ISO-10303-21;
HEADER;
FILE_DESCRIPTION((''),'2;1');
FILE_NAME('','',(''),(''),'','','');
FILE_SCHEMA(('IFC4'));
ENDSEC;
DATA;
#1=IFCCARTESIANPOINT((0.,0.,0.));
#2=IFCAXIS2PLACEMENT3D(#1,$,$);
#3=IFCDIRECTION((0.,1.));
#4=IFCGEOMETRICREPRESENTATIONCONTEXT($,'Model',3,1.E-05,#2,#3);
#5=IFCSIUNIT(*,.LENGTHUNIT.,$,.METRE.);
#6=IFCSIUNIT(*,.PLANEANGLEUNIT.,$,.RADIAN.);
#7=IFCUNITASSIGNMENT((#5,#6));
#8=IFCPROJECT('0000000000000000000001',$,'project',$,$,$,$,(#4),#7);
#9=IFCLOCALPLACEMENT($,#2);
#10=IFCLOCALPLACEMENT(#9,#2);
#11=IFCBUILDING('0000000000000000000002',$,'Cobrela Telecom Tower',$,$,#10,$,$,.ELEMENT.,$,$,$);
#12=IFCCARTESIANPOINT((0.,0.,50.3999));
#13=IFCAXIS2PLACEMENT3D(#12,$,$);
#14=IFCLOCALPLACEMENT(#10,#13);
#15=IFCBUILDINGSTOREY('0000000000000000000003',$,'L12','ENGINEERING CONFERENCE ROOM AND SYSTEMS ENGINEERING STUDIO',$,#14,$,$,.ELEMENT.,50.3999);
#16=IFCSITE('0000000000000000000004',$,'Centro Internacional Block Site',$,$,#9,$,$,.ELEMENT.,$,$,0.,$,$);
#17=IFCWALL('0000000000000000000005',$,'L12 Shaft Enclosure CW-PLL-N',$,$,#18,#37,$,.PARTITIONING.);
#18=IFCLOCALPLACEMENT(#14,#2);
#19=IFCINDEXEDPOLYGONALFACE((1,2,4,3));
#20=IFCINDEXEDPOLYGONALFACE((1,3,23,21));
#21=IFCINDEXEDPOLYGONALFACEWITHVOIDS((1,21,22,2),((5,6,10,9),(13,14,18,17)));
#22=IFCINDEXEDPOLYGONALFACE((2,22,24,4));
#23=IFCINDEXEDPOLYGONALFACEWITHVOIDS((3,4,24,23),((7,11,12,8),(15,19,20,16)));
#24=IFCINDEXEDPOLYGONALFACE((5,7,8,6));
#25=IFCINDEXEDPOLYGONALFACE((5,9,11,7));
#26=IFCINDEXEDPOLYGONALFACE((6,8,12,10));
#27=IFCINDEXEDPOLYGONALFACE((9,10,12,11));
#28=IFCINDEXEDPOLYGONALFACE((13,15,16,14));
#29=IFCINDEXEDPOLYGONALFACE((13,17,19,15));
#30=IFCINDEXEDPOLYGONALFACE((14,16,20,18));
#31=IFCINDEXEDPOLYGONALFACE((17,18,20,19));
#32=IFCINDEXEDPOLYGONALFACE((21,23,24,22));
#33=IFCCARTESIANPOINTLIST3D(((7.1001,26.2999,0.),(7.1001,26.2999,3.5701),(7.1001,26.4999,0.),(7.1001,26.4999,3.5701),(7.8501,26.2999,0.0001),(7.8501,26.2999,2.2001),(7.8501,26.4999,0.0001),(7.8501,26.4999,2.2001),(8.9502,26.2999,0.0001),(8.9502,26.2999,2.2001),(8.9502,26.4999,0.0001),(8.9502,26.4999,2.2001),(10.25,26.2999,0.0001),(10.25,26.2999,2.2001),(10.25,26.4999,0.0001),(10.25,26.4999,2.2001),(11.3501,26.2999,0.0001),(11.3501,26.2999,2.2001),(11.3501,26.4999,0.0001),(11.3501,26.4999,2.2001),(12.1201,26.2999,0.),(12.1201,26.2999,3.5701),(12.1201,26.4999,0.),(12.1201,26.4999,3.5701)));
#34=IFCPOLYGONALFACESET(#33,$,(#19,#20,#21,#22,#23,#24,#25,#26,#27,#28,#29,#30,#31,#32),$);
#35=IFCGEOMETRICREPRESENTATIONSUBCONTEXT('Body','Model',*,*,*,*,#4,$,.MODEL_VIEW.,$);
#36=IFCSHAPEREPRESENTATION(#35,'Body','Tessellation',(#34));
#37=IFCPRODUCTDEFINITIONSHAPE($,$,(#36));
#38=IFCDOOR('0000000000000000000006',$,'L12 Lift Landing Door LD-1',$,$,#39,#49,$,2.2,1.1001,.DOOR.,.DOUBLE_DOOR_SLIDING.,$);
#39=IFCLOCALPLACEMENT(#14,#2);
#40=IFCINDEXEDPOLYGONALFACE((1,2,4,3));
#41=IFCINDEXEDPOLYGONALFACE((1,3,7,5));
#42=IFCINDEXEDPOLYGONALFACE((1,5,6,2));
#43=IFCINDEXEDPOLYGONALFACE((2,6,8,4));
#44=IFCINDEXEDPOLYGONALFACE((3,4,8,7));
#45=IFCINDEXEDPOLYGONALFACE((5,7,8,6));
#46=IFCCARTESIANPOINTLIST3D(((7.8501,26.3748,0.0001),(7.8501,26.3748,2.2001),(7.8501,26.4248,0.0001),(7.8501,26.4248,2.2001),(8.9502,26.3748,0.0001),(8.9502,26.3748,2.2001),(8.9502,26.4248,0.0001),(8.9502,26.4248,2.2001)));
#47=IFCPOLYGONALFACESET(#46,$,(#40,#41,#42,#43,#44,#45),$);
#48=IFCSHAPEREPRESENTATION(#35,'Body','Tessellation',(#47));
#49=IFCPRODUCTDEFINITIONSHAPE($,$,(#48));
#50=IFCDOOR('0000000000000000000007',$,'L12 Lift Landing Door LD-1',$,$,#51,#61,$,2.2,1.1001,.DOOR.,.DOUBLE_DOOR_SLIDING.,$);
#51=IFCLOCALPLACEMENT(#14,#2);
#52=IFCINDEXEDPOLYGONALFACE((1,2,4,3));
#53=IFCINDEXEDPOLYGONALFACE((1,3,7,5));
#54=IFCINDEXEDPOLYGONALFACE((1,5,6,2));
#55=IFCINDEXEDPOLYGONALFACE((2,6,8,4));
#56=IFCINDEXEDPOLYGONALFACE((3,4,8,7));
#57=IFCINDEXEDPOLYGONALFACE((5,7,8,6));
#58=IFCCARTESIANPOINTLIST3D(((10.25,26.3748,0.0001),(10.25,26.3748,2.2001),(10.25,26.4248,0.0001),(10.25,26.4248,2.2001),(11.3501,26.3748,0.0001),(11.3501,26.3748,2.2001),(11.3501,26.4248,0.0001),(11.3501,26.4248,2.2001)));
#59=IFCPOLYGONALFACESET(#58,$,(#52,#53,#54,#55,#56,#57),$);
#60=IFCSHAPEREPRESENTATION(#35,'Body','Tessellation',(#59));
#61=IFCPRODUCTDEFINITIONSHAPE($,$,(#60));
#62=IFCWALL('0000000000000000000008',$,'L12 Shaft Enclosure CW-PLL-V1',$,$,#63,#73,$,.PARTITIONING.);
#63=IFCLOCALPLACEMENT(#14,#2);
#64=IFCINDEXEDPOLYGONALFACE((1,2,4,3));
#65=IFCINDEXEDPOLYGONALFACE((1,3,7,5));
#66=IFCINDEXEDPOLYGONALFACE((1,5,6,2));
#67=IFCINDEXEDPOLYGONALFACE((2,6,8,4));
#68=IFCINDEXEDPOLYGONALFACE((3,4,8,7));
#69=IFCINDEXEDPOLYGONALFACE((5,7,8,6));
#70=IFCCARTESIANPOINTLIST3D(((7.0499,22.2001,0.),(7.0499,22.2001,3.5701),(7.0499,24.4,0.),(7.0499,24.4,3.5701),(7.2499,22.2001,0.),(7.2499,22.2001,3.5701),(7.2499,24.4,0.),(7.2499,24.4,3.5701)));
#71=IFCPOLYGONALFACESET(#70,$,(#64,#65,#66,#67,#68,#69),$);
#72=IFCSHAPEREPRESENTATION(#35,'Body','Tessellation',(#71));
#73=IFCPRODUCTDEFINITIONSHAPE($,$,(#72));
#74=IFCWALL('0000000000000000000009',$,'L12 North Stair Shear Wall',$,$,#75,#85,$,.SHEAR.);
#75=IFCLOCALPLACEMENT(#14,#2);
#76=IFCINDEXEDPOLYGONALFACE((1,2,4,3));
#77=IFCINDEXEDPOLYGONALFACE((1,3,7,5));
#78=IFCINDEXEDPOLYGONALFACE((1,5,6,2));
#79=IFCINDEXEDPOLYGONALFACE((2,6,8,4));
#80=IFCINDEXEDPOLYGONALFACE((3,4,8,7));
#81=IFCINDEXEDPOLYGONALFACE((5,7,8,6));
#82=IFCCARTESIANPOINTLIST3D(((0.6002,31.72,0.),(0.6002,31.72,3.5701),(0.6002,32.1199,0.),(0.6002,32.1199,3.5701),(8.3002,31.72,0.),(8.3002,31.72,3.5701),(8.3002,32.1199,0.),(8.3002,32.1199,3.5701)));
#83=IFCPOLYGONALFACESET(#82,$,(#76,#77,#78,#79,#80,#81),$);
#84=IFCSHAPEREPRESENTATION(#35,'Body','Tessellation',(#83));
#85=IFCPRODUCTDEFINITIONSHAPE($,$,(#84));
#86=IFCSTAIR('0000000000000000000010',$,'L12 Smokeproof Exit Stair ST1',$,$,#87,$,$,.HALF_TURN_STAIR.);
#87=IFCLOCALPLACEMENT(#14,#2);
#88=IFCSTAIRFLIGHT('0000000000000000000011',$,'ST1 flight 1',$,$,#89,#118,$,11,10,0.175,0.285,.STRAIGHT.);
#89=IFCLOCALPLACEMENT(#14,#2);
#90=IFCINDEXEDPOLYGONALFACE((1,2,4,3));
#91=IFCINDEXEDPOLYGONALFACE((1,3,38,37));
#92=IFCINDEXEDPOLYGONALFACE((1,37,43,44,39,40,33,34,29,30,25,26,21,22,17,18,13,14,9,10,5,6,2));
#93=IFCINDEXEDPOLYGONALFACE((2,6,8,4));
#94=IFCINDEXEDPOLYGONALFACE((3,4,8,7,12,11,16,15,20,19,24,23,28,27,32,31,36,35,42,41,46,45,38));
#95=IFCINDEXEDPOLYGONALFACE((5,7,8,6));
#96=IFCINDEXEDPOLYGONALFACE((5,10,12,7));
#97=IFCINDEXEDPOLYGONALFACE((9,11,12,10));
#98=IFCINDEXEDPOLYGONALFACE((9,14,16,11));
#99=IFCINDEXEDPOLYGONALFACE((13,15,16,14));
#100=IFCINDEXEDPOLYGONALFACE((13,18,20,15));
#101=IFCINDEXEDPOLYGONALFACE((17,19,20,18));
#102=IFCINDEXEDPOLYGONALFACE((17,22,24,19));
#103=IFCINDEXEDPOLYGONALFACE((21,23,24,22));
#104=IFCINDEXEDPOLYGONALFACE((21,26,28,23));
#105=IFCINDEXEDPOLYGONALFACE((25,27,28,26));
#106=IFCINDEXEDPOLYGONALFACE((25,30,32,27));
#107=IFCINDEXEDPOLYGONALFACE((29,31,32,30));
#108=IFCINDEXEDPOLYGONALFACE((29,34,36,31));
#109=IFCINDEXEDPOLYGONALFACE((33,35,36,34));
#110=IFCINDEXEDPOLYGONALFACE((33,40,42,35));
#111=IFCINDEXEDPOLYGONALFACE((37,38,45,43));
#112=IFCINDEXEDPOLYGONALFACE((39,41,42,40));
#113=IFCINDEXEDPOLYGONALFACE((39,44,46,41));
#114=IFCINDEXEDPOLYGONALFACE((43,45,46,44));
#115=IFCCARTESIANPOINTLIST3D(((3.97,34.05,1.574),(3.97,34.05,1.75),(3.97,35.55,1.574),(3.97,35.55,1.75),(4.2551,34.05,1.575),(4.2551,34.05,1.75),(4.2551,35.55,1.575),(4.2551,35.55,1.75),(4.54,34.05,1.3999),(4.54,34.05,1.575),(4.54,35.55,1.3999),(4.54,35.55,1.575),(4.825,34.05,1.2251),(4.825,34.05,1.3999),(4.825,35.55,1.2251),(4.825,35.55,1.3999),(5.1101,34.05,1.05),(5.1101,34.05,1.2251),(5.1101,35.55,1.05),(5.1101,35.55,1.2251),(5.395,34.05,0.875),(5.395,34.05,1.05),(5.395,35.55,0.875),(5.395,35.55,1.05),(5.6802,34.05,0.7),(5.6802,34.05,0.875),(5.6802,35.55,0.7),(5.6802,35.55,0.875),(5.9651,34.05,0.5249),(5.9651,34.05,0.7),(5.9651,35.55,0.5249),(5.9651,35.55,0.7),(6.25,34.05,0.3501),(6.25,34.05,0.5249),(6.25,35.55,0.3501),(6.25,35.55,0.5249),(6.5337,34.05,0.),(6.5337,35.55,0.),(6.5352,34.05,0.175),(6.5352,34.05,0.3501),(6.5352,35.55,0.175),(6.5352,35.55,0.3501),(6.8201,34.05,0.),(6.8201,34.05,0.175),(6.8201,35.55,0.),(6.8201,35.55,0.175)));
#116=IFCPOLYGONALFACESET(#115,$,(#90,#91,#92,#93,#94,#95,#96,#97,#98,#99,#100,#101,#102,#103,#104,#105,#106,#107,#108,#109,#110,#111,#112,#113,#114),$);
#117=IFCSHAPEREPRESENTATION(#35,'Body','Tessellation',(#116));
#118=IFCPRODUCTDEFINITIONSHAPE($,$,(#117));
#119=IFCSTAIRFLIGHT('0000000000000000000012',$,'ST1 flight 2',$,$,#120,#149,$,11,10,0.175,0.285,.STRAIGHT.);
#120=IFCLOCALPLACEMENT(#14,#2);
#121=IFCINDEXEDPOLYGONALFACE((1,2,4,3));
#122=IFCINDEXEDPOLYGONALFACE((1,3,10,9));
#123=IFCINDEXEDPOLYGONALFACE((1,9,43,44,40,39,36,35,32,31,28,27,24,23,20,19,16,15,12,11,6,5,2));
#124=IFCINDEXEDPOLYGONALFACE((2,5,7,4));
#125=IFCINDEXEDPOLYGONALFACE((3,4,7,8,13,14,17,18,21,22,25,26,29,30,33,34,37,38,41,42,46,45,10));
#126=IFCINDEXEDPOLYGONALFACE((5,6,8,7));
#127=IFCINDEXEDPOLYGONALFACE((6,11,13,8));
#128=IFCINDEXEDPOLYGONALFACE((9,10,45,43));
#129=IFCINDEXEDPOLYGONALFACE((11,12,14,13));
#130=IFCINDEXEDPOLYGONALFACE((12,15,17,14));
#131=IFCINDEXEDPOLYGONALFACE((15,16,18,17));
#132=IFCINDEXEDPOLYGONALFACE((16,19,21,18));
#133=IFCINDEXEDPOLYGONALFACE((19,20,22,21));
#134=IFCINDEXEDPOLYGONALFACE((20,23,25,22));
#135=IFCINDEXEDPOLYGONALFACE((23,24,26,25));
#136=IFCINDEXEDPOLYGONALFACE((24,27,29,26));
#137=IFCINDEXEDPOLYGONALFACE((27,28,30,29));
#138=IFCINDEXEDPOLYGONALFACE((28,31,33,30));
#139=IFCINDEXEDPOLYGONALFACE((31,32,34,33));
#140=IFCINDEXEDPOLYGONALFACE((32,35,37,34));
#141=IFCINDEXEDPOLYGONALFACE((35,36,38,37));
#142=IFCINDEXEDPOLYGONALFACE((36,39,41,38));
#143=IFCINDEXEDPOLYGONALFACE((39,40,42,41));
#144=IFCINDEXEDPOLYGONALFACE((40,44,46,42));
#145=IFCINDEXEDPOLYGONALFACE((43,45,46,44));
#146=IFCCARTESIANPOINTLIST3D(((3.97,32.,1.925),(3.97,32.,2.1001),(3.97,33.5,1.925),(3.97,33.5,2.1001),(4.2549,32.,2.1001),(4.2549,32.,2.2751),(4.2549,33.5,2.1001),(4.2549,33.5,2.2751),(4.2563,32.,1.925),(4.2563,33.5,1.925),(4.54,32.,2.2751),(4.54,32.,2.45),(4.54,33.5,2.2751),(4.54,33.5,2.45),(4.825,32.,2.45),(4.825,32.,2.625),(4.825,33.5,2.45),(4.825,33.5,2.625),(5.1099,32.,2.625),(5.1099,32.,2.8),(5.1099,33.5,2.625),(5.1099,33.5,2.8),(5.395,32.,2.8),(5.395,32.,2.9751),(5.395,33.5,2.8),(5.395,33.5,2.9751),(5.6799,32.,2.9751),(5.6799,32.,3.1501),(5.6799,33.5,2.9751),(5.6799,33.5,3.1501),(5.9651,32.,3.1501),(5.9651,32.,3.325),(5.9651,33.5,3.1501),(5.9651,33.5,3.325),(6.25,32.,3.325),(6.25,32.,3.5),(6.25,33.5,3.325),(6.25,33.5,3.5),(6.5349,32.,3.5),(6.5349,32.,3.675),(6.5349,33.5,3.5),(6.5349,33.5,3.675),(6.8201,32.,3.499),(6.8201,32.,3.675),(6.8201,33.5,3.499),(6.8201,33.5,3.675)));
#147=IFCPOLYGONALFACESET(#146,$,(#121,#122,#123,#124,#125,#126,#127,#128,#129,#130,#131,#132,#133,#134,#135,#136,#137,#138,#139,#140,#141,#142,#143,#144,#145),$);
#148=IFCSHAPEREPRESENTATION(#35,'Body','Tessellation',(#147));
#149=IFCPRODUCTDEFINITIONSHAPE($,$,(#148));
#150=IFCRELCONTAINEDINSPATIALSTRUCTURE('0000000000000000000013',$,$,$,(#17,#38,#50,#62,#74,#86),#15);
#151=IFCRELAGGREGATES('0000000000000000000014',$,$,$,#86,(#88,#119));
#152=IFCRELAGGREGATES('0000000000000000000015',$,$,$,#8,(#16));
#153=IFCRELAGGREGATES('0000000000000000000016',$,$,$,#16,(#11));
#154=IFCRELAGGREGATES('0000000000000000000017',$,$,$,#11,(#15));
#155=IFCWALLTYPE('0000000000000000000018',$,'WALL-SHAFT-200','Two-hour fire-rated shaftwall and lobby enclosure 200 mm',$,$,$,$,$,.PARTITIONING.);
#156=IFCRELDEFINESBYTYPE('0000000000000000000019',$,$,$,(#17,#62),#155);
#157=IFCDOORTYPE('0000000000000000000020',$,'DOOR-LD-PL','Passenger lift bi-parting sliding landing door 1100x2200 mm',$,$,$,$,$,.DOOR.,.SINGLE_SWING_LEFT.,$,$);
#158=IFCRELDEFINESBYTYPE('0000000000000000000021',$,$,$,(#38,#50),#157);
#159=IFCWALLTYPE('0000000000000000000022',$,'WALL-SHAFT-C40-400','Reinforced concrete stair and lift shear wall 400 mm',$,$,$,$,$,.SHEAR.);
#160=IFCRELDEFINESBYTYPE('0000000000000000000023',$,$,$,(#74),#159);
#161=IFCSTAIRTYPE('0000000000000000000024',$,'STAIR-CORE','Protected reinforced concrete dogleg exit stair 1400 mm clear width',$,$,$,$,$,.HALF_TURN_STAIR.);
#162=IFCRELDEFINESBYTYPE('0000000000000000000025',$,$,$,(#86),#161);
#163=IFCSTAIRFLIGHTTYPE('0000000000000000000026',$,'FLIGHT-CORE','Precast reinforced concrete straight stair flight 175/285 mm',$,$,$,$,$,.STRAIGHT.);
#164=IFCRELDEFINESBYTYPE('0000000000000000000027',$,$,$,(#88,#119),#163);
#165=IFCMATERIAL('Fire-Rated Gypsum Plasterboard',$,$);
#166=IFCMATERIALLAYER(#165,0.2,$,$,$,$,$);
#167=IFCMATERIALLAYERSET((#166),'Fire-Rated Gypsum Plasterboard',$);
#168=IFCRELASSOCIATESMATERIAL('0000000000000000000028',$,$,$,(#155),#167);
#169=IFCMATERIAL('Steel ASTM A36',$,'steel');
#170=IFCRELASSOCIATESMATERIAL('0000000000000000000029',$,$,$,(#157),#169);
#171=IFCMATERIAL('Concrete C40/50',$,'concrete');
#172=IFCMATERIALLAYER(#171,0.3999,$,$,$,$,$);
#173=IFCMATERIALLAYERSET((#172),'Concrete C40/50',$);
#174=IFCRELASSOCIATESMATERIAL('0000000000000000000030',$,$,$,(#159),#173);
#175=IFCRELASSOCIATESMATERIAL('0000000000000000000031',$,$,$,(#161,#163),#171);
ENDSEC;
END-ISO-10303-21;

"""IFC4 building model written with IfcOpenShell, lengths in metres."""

from ifc_helpers import new_model, si_unit, direction, frame, frame_2d, origin, place, context, subcontext, project, spatial, polyline, rectangle, outline, extrude, material, layer, layer_set, type_object, element, fill, aggregate, save


model = new_model("IFC4")

# Units and contexts
model_context = context("Model", 3, precision=1e-05, world=origin(), true_north=direction((0.0, 1.0)))
body_context = subcontext(model_context, "Body", "Model", "MODEL_VIEW")
ifc_project = project(units=[si_unit("LENGTHUNIT", "METRE"), si_unit("PLANEANGLEUNIT", "RADIAN")], contexts=[model_context])

# Site, building, storey
site_placement = place(None, origin())
site = spatial("IfcSite", under=ifc_project, at=site_placement, Name="Centro Internacional Block Site", CompositionType="ELEMENT", RefElevation=0.0)
building_placement = place(site_placement, origin())
building = spatial("IfcBuilding", under=site, at=building_placement, Name="Cobrela Telecom Tower", CompositionType="ELEMENT")
storey_placement = place(building_placement, frame((0.0, 0.0, 50.3999)))
storey = spatial("IfcBuildingStorey", under=building, at=storey_placement, Name="L12", Description="ENGINEERING CONFERENCE ROOM AND SYSTEMS ENGINEERING STUDIO", CompositionType="ELEMENT", Elevation=50.3999)

# Shared definitions
ifc_material_1 = material(Name="Fire-Rated Gypsum Plasterboard")
ifc_layer_1 = layer(ifc_material_1, 0.2)
ifc_layer_set_1 = layer_set([ifc_layer_1], Name="Fire-Rated Gypsum Plasterboard")
wall_type_1 = type_object("IfcWallType", Name="WALL-SHAFT-200", Description="Two-hour fire-rated shaftwall and lobby enclosure 200 mm", PredefinedType="PARTITIONING", material=ifc_layer_set_1)
ifc_material_2 = material(Name="Steel ASTM A36", Category="steel")

# Wall, openings, doors
door_type_1 = type_object("IfcDoorType", Name="DOOR-LD-PL", Description="Passenger lift bi-parting sliding landing door 1100x2200 mm", OperationType="SINGLE_SWING_LEFT", PredefinedType="DOOR", material=ifc_material_2)
wall_1_placement = place(storey_placement, frame((7.1001, 26.3999, 0.0), z_axis=(0.0, 0.0, 1.0), x_axis=(1.0, 0.0, 0.0)))
wall_1 = element("IfcWall", 1, at=wall_1_placement, inside=storey, type_object=wall_type_1, Name="L12 Shaft Enclosure CW-PLL-N", PredefinedType="PARTITIONING", context=body_context, shape_type="SweptSolid", body=[
    extrude(rectangle(XDim=5.02, YDim=0.2, at=frame_2d((2.51, 0.0))), origin(), (0.0, 0.0, 1.0), 3.5701),
])
opening_1_placement = place(wall_1_placement, frame((0.75, 0.0, 0.0)))
opening_1 = element("IfcOpeningElement", 2, at=opening_1_placement, cuts=wall_1, PredefinedType="OPENING", context=body_context, shape_type="SweptSolid", body=[
    extrude(rectangle(XDim=1.1001, YDim=2.2, at=frame_2d((0.55, 1.1001))), frame((0.0, 0.1118, 0.0), z_axis=(0.0, -1.0, 0.0), x_axis=(1.0, 0.0, 0.0)), (0.0, 0.0, 1.0), 0.2239),
])
opening_2_placement = place(wall_1_placement, frame((3.1499, 0.0, 0.0)))
opening_2 = element("IfcOpeningElement", 3, at=opening_2_placement, cuts=wall_1, PredefinedType="OPENING", context=body_context, shape_type="SweptSolid", body=[
    extrude(rectangle(XDim=1.1001, YDim=2.2, at=frame_2d((0.55, 1.1001))), frame((0.0, 0.1118, 0.0), z_axis=(0.0, -1.0, 0.0), x_axis=(1.0, 0.0, 0.0)), (0.0, 0.0, 1.0), 0.2239),
])
door_1_placement = place(opening_1_placement, origin())
door_1 = element("IfcDoor", 4, at=door_1_placement, inside=storey, type_object=door_type_1, Name="L12 Lift Landing Door LD-1", OperationType="DOUBLE_DOOR_SLIDING", OverallHeight=2.2, OverallWidth=1.1001, PredefinedType="DOOR", context=body_context, shape_type="SweptSolid", body=[
    extrude(rectangle(XDim=1.1001, YDim=2.2, at=frame_2d((0.55, 1.1001))), frame((0.0, 0.0249, 0.0), z_axis=(0.0, -1.0, 0.0), x_axis=(1.0, 0.0, 0.0)), (0.0, 0.0, 1.0), 0.05),
])
fill(opening_1, door_1)
door_2_placement = place(opening_2_placement, origin())
door_2 = element("IfcDoor", 5, at=door_2_placement, inside=storey, type_object=door_type_1, Name="L12 Lift Landing Door LD-1", OperationType="DOUBLE_DOOR_SLIDING", OverallHeight=2.2, OverallWidth=1.1001, PredefinedType="DOOR", context=body_context, shape_type="SweptSolid", body=[
    extrude(rectangle(XDim=1.1001, YDim=2.2, at=frame_2d((0.55, 1.1001))), frame((0.0, 0.0249, 0.0), z_axis=(0.0, -1.0, 0.0), x_axis=(1.0, 0.0, 0.0)), (0.0, 0.0, 1.0), 0.05),
])
fill(opening_2, door_2)

# Walls
wall_2_placement = place(storey_placement, frame((7.1499, 22.2, 0.0), z_axis=(0.0, 0.0, 1.0), x_axis=(0.0, 1.0, 0.0)))
element("IfcWall", 6, at=wall_2_placement, inside=storey, type_object=wall_type_1, Name="L12 Shaft Enclosure CW-PLL-V1", PredefinedType="PARTITIONING", context=body_context, shape_type="SweptSolid", body=[
    extrude(rectangle(XDim=2.2, YDim=0.2, at=frame_2d((1.1001, 0.0))), origin(), (0.0, 0.0, 1.0), 3.5701),
])
ifc_material_3 = material(Name="Concrete C40/50", Category="concrete")
ifc_layer_2 = layer(ifc_material_3, 0.3999)
ifc_layer_set_2 = layer_set([ifc_layer_2], Name="Concrete C40/50")
wall_type_2 = type_object("IfcWallType", Name="WALL-SHAFT-C40-400", Description="Reinforced concrete stair and lift shear wall 400 mm", PredefinedType="SHEAR", material=ifc_layer_set_2)
wall_3_placement = place(storey_placement, frame((0.6001, 31.9199, 0.0), z_axis=(0.0, 0.0, 1.0), x_axis=(1.0, 0.0, 0.0)))
element("IfcWall", 7, at=wall_3_placement, inside=storey, type_object=wall_type_2, Name="L12 North Stair Shear Wall", PredefinedType="SHEAR", context=body_context, shape_type="SweptSolid", body=[
    extrude(rectangle(XDim=7.7, YDim=0.3999, at=frame_2d((3.8501, 0.0))), origin(), (0.0, 0.0, 1.0), 3.5701),
])

# Stair, stair flights
stair_type = type_object("IfcStairType", Name="STAIR-CORE", Description="Protected reinforced concrete dogleg exit stair 1400 mm clear width", PredefinedType="HALF_TURN_STAIR", material=ifc_material_3)
stair_placement = place(storey_placement, origin())
stair = element("IfcStair", 8, at=stair_placement, inside=storey, type_object=stair_type, Name="L12 Smokeproof Exit Stair ST1", PredefinedType="HALF_TURN_STAIR")
stair_flight_type = type_object("IfcStairFlightType", Name="FLIGHT-CORE", Description="Precast reinforced concrete straight stair flight 175/285 mm", PredefinedType="STRAIGHT", material=ifc_material_3)
stair_flight_1_placement = place(storey_placement, frame((6.8201, 34.8, 0.0), z_axis=(0.0, 0.0, 1.0), x_axis=(-1.0, 0.0, 0.0)))
stair_flight_1 = element("IfcStairFlight", 9, at=stair_flight_1_placement, type_object=stair_flight_type, Name="ST1 flight 1", NumberOfRisers=11, NumberOfTreads=10, PredefinedType="STRAIGHT", RiserHeight=0.175, TreadLength=0.285, context=body_context, shape_type="SweptSolid", body=[
    extrude(outline(polyline([(0.0, 0.0), (0.0, 0.175), (0.2849, 0.175), (0.2849, 0.3501), (0.5701, 0.3501), (0.5701, 0.5249), (0.855, 0.5249), (0.855, 0.7), (1.1399, 0.7), (1.1399, 0.875), (1.425, 0.875), (1.425, 1.05), (1.71, 1.05), (1.71, 1.2251), (1.9951, 1.2251), (1.9951, 1.3999), (2.28, 1.3999), (2.28, 1.575), (2.5649, 1.575), (2.5649, 1.75), (2.8501, 1.75), (2.8501, 1.925), (2.8501, 1.574), (0.2864, 0.0), (0.0, 0.0)])), frame((0.0, 0.75, 0.0), z_axis=(0.0, -1.0, 0.0), x_axis=(1.0, 0.0, 0.0)), (0.0, 0.0, 1.0), 1.5),
])
stair_flight_2_placement = place(storey_placement, frame((3.97, 32.75, 1.925), z_axis=(0.0, 0.0, 1.0), x_axis=(1.0, 0.0, 0.0)))
stair_flight_2 = element("IfcStairFlight", 10, at=stair_flight_2_placement, type_object=stair_flight_type, Name="ST1 flight 2", NumberOfRisers=11, NumberOfTreads=10, PredefinedType="STRAIGHT", RiserHeight=0.175, TreadLength=0.285, context=body_context, shape_type="SweptSolid", body=[
    extrude(outline(polyline([(0.0, 0.0), (0.0, 0.175), (0.2849, 0.175), (0.2849, 0.3501), (0.5701, 0.3501), (0.5701, 0.5249), (0.855, 0.5249), (0.855, 0.7), (1.1399, 0.7), (1.1399, 0.875), (1.425, 0.875), (1.425, 1.05), (1.71, 1.05), (1.71, 1.2251), (1.9951, 1.2251), (1.9951, 1.3999), (2.28, 1.3999), (2.28, 1.575), (2.5649, 1.575), (2.5649, 1.75), (2.8501, 1.75), (2.8501, 1.925), (2.8501, 1.574), (0.2864, 0.0), (0.0, 0.0)])), frame((0.0, 0.75, 0.0), z_axis=(0.0, -1.0, 0.0), x_axis=(1.0, 0.0, 0.0)), (0.0, 0.0, 1.0), 1.5),
])
aggregate(stair, [stair_flight_1, stair_flight_2])

save(model, "model.ifc")
